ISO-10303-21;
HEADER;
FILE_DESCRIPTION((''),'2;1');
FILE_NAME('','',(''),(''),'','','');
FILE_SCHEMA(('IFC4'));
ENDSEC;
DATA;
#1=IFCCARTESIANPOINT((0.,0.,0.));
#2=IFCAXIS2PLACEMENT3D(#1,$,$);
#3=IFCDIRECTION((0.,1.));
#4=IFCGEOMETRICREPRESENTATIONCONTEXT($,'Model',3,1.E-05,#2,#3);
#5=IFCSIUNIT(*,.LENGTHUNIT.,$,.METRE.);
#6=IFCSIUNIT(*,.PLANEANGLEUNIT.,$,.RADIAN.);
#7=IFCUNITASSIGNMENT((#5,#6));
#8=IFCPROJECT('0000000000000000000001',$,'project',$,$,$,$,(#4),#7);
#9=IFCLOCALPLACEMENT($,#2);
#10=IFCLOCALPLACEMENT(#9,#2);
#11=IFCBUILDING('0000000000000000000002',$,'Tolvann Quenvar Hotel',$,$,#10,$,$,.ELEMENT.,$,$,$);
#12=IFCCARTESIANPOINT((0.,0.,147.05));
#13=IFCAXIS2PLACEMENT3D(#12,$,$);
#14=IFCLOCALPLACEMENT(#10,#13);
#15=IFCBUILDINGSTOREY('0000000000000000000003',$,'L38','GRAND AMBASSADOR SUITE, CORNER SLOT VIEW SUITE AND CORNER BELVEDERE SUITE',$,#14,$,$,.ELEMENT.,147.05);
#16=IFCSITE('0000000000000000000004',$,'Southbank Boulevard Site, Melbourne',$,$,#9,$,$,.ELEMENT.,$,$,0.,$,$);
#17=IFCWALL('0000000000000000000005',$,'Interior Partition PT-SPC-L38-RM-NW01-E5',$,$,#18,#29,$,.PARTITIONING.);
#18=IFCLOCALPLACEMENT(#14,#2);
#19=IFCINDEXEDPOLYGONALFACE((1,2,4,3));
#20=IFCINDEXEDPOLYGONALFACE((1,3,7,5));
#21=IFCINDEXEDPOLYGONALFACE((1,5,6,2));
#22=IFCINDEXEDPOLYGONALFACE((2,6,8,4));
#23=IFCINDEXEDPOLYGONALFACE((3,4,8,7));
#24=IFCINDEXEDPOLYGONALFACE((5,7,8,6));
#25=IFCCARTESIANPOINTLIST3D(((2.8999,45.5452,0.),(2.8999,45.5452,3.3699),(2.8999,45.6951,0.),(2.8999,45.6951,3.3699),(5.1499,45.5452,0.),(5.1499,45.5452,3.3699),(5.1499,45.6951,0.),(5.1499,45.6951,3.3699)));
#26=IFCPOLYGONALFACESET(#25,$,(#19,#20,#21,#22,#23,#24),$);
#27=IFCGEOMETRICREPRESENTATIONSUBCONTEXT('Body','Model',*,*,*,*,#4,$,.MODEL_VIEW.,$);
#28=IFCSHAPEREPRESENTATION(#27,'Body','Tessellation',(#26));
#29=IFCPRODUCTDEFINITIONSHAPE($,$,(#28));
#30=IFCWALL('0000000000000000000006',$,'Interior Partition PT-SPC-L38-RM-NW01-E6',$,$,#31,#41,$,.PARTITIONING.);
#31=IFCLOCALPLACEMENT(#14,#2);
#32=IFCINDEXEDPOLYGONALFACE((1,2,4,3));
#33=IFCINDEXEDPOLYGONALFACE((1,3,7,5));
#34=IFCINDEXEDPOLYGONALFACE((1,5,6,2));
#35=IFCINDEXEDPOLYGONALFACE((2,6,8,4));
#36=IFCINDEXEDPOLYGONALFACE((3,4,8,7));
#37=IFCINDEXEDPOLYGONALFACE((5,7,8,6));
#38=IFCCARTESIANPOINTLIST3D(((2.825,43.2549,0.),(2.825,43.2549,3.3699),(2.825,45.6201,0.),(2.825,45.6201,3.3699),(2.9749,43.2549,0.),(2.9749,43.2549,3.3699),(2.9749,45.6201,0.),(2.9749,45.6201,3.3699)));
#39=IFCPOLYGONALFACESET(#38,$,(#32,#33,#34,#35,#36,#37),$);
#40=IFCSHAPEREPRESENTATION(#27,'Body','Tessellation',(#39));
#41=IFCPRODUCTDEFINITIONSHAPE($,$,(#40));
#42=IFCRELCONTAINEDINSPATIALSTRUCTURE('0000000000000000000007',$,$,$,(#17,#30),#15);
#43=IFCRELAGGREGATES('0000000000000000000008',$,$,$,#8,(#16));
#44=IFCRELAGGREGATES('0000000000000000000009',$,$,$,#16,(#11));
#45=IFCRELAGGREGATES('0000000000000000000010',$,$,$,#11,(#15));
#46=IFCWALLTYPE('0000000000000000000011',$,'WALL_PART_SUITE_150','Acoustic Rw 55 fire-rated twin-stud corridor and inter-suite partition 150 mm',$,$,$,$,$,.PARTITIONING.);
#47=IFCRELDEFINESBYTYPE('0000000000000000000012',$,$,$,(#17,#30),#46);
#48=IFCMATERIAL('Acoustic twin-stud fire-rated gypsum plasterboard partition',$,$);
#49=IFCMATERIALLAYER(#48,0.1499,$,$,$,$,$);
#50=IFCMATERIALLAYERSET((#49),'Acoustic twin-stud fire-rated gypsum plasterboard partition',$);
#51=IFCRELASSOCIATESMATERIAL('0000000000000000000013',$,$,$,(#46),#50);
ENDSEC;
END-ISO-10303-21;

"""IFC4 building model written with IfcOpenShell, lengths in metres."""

from ifc_helpers import new_model, si_unit, direction, frame, frame_2d, origin, place, context, subcontext, project, spatial, rectangle, extrude, material, layer, layer_set, type_object, element, save


model = new_model("IFC4")

# Units and contexts
model_context = context("Model", 3, precision=1e-05, world=origin(), true_north=direction((0.0, 1.0)))
body_context = subcontext(model_context, "Body", "Model", "MODEL_VIEW")
ifc_project = project(units=[si_unit("LENGTHUNIT", "METRE"), si_unit("PLANEANGLEUNIT", "RADIAN")], contexts=[model_context])

# Site, building, storey
site_placement = place(None, origin())
site = spatial("IfcSite", under=ifc_project, at=site_placement, Name="Southbank Boulevard Site, Melbourne", CompositionType="ELEMENT", RefElevation=0.0)
building_placement = place(site_placement, origin())
building = spatial("IfcBuilding", under=site, at=building_placement, Name="Tolvann Quenvar Hotel", CompositionType="ELEMENT")
storey_placement = place(building_placement, frame((0.0, 0.0, 147.05)))
storey = spatial("IfcBuildingStorey", under=building, at=storey_placement, Name="L38", Description="GRAND AMBASSADOR SUITE, CORNER SLOT VIEW SUITE AND CORNER BELVEDERE SUITE", CompositionType="ELEMENT", Elevation=147.05)

# Shared definitions
ifc_material_1 = material(Name="Acoustic twin-stud fire-rated gypsum plasterboard partition")
ifc_layer_1 = layer(ifc_material_1, 0.1499)
ifc_layer_set_1 = layer_set([ifc_layer_1], Name="Acoustic twin-stud fire-rated gypsum plasterboard partition")
wall_type_1 = type_object("IfcWallType", Name="WALL_PART_SUITE_150", Description="Acoustic Rw 55 fire-rated twin-stud corridor and inter-suite partition 150 mm", PredefinedType="PARTITIONING", material=ifc_layer_set_1)

# Walls
wall_1_placement = place(storey_placement, frame((2.8999, 45.6201, 0.0), z_axis=(0.0, 0.0, 1.0), x_axis=(1.0, 0.0, 0.0)))
element("IfcWall", 1, at=wall_1_placement, inside=storey, type_object=wall_type_1, Name="Interior Partition PT-SPC-L38-RM-NW01-E5", PredefinedType="PARTITIONING", context=body_context, shape_type="SweptSolid", body=[
    extrude(rectangle(XDim=2.25, YDim=0.1499, at=frame_2d((1.125, 0.0))), origin(), (0.0, 0.0, 1.0), 3.3699),
])
wall_2_placement = place(storey_placement, frame((2.8999, 43.2549, 0.0), z_axis=(0.0, 0.0, 1.0), x_axis=(0.0, 1.0, 0.0)))
element("IfcWall", 2, at=wall_2_placement, inside=storey, type_object=wall_type_1, Name="Interior Partition PT-SPC-L38-RM-NW01-E6", PredefinedType="PARTITIONING", context=body_context, shape_type="SweptSolid", body=[
    extrude(rectangle(XDim=2.3652, YDim=0.1499, at=frame_2d((1.1826, 0.0))), origin(), (0.0, 0.0, 1.0), 3.3699),
])

save(model, "model.ifc")
